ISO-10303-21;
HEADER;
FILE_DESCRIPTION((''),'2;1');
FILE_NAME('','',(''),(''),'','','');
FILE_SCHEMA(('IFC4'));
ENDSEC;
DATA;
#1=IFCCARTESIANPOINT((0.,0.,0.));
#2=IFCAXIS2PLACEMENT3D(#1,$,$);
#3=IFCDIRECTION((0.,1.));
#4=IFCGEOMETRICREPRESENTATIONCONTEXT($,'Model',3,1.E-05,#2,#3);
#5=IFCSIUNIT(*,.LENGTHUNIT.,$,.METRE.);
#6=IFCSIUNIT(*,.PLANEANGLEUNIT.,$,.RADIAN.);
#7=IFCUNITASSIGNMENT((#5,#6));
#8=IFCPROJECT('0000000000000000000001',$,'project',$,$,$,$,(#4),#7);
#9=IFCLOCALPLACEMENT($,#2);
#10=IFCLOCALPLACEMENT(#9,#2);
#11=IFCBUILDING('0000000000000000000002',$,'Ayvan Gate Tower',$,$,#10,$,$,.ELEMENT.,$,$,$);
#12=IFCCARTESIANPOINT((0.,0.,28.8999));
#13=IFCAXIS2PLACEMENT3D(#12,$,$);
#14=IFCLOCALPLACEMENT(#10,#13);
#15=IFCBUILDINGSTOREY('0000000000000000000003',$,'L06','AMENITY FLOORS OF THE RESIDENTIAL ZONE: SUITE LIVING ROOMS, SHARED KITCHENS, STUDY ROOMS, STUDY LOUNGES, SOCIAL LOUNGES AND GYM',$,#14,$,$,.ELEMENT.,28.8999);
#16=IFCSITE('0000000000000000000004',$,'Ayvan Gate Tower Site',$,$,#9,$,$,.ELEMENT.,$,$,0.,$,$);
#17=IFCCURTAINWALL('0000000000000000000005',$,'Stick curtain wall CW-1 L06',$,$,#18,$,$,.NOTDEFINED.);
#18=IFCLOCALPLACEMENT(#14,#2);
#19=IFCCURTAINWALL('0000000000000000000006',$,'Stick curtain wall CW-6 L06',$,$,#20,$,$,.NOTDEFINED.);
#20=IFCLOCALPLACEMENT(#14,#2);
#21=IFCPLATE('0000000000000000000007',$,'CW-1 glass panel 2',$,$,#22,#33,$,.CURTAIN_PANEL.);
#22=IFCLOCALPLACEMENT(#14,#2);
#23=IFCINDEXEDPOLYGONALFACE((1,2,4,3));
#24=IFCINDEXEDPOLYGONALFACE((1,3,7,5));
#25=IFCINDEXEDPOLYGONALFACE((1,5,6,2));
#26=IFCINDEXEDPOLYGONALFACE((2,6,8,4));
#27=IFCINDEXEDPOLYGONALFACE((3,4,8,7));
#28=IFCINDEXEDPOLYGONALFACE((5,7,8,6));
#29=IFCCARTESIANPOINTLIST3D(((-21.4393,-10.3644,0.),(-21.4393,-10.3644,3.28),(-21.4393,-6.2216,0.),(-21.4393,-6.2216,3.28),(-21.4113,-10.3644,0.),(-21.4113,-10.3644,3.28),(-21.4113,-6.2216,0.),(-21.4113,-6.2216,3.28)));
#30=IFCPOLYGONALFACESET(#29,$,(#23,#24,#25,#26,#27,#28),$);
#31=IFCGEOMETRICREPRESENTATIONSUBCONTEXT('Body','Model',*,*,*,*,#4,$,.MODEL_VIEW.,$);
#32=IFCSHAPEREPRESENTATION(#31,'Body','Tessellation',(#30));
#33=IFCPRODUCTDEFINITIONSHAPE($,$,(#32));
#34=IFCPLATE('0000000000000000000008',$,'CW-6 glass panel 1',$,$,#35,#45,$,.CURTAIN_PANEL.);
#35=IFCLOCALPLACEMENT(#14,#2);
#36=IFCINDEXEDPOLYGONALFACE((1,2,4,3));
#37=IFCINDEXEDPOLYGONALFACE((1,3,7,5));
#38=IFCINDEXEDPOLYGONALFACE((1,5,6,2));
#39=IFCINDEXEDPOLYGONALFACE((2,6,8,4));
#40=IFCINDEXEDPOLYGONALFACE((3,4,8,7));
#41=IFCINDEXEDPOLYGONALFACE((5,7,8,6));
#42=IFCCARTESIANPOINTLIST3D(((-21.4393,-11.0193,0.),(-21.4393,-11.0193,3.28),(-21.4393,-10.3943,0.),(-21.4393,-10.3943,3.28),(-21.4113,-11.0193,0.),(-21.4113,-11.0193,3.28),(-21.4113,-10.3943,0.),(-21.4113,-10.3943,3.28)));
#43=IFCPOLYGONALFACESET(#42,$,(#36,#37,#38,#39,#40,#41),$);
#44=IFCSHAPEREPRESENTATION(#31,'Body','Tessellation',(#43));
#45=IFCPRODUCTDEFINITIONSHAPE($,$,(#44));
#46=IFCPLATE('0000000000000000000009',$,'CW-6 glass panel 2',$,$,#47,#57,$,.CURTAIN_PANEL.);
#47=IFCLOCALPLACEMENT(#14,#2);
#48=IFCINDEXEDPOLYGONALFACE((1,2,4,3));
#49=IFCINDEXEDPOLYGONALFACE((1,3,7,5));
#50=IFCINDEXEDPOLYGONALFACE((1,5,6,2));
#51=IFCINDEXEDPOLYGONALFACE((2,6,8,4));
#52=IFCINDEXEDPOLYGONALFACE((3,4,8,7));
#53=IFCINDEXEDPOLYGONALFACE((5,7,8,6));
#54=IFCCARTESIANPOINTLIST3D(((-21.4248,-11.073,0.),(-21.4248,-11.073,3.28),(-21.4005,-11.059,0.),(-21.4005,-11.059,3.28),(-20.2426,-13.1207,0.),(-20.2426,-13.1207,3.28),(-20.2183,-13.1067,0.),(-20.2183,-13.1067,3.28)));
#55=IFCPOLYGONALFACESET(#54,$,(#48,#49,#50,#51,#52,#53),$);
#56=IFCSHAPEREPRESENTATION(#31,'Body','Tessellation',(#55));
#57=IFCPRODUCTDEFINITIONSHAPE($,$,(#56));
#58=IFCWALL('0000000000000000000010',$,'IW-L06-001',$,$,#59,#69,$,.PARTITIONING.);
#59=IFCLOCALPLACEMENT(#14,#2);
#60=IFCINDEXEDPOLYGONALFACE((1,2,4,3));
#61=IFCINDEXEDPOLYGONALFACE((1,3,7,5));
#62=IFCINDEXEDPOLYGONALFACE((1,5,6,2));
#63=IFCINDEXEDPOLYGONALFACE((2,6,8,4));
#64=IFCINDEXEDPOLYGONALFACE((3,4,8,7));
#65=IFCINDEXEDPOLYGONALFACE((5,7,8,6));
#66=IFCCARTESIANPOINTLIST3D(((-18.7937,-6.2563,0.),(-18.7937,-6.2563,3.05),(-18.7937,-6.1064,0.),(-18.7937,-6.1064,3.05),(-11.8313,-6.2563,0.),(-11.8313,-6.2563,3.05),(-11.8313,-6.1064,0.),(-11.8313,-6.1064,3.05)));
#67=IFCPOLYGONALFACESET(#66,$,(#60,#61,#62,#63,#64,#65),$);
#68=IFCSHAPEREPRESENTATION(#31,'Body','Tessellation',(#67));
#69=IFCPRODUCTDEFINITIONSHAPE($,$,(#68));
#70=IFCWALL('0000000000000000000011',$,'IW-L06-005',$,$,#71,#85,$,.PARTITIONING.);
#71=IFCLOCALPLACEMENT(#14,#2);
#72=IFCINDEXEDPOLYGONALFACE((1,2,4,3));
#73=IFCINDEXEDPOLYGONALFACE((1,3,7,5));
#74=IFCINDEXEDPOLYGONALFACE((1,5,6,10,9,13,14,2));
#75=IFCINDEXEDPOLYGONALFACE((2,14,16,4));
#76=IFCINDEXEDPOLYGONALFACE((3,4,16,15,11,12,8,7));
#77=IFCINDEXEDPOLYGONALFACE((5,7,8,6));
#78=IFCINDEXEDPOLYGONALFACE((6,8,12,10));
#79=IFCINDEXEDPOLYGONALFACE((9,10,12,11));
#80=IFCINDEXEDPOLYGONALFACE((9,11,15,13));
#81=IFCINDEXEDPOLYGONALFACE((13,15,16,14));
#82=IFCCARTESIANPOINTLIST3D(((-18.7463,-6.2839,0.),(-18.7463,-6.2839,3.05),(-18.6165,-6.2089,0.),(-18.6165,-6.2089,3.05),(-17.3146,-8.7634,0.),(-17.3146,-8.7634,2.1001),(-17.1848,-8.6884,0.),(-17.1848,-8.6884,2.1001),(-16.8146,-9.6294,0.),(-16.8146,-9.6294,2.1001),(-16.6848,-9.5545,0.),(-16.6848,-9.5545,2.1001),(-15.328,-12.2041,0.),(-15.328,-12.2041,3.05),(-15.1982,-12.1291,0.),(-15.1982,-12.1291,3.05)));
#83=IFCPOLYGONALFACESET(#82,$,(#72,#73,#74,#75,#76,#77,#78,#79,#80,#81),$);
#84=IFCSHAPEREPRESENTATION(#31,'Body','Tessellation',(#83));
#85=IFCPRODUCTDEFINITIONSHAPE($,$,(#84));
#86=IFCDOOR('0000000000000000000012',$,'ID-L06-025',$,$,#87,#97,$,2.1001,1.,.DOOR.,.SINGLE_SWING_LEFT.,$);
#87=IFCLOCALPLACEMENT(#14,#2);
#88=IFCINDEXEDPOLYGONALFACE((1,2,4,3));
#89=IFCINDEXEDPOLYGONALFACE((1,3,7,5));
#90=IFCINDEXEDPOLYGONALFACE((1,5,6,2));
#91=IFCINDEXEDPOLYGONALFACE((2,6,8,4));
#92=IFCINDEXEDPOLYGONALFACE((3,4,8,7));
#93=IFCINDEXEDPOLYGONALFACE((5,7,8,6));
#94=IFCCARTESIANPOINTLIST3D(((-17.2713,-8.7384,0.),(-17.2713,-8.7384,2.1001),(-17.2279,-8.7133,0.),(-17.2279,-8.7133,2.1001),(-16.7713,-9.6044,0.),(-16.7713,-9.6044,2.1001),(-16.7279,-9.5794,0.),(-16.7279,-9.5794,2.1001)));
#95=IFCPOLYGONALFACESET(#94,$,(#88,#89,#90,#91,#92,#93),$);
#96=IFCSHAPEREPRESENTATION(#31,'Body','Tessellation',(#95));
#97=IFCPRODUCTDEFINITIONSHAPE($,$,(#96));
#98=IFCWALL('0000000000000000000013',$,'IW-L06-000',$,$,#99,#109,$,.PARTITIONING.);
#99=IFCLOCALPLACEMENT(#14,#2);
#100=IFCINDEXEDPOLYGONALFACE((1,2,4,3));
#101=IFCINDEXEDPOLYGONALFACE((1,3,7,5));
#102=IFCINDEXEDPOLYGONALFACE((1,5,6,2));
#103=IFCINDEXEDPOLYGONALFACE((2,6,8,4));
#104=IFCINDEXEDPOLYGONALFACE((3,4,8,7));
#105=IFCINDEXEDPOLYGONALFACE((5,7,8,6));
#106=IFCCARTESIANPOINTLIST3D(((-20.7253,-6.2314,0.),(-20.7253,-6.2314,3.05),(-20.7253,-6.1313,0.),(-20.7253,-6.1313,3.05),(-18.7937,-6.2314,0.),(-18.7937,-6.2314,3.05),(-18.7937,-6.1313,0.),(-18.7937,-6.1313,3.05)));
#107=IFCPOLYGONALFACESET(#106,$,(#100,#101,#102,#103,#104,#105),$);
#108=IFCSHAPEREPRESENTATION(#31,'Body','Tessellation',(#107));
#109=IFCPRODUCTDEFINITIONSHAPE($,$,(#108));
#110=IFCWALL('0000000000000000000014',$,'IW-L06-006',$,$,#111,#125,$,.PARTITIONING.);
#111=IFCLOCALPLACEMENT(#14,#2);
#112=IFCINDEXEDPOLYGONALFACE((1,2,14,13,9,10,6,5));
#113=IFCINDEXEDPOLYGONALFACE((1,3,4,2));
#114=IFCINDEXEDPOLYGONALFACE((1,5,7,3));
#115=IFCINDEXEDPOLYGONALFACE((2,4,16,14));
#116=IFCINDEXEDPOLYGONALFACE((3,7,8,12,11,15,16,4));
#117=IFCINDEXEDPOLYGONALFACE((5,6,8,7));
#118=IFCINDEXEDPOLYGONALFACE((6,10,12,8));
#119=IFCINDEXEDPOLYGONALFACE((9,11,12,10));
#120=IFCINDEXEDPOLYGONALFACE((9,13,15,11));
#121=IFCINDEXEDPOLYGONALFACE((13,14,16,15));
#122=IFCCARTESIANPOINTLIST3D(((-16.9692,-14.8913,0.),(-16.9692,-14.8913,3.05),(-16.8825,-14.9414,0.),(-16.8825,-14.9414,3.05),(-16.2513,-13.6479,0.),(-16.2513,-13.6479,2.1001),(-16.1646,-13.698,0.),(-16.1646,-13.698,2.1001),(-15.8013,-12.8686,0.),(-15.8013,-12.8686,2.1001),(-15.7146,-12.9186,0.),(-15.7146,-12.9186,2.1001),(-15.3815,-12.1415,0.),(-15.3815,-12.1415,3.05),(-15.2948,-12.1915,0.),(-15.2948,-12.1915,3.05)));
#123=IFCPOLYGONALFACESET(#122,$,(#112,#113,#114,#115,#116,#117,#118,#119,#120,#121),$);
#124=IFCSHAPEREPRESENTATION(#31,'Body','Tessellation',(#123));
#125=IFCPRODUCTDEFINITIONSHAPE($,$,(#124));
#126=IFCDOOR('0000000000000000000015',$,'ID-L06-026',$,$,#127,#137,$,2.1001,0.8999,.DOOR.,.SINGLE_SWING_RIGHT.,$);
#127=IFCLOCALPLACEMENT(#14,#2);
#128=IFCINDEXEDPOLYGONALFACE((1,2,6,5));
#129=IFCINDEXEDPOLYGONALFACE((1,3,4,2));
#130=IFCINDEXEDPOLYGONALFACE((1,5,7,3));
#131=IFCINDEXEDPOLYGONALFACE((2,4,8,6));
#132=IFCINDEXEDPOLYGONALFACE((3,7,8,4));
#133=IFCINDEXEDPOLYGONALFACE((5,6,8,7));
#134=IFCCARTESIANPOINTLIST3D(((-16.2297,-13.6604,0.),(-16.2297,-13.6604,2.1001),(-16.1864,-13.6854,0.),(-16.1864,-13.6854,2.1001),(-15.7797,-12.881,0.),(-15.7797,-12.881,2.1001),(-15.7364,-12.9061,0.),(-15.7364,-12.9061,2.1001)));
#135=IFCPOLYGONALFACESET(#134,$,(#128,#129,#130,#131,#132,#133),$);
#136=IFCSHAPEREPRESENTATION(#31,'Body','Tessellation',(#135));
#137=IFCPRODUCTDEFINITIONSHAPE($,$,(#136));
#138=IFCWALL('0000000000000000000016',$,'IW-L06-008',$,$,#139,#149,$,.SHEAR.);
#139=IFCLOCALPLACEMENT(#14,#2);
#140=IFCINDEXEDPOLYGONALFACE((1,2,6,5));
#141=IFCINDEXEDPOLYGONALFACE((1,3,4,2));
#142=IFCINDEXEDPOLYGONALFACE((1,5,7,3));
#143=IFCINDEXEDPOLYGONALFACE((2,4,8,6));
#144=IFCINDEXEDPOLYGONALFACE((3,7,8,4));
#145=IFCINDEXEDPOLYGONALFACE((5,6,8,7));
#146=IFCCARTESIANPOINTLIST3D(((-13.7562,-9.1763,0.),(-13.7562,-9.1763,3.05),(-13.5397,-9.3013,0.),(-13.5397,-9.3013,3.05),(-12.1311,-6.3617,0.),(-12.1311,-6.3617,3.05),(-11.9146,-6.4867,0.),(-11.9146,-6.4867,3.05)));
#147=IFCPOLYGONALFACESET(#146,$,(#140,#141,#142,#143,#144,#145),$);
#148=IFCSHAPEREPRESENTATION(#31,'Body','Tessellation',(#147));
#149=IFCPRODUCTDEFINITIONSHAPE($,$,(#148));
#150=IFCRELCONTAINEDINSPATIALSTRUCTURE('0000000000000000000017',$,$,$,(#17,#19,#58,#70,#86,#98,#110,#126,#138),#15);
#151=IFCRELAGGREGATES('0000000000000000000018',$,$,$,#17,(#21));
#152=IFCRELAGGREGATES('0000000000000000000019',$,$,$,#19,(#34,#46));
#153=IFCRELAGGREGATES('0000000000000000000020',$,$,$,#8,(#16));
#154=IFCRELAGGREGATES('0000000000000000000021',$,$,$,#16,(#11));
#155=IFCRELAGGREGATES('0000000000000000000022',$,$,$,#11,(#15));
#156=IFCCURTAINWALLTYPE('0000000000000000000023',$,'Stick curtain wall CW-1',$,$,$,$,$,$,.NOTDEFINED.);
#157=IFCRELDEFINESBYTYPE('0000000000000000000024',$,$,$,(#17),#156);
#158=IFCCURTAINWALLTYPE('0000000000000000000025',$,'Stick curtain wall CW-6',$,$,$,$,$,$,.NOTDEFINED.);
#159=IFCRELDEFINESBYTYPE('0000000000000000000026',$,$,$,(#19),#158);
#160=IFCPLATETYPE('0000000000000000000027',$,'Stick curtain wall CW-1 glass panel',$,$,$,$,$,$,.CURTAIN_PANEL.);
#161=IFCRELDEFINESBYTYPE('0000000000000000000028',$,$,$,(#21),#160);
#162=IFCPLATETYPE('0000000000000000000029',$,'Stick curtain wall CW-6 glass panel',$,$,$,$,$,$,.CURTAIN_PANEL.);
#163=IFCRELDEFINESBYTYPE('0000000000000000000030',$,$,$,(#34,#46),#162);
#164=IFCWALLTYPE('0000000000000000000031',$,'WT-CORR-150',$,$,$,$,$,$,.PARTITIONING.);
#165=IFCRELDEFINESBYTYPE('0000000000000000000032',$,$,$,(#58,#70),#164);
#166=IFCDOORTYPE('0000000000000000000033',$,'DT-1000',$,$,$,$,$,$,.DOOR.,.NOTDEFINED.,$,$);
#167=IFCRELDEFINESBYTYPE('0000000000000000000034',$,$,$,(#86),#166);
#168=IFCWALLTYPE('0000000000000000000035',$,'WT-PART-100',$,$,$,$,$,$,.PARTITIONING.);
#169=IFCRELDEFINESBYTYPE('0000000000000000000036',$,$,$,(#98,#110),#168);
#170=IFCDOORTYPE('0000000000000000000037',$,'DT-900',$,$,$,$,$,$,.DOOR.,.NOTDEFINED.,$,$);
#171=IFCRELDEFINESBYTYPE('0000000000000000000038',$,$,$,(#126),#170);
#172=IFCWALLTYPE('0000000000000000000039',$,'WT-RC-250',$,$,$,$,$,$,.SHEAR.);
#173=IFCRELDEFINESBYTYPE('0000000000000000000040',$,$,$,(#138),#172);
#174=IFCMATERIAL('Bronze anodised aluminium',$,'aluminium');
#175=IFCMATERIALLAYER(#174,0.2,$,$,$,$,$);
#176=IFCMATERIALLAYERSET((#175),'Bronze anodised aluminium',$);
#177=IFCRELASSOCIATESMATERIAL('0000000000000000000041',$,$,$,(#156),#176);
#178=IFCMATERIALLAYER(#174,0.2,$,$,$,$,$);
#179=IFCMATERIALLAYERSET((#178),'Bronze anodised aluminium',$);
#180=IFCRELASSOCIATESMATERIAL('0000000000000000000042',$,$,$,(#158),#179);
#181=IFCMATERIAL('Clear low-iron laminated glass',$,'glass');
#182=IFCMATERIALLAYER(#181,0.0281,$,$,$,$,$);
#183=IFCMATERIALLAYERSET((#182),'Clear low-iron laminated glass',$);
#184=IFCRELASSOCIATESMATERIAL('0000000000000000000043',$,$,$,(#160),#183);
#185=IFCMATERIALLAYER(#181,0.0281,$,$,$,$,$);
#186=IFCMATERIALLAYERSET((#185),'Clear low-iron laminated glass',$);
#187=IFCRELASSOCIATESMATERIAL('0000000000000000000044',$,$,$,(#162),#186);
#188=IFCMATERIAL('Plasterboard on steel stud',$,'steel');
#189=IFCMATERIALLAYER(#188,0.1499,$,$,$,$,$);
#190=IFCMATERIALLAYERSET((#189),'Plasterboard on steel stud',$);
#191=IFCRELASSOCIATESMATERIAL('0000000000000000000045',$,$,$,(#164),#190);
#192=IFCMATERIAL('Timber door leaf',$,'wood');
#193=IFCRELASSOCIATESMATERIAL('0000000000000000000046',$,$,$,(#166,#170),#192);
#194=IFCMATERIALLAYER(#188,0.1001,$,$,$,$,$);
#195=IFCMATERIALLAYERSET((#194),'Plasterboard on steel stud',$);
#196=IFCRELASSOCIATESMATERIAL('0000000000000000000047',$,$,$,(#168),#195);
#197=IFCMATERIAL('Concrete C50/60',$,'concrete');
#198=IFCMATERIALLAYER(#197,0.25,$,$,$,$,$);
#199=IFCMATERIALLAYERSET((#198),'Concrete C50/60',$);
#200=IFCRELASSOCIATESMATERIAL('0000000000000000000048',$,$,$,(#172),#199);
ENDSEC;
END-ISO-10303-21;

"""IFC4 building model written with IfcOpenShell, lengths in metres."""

from ifc_helpers import new_model, si_unit, direction, frame, frame_2d, origin, origin_2d, place, context, subcontext, project, spatial, rectangle, extrude, material, layer, layer_set, type_object, element, fill, aggregate, save


model = new_model("IFC4")

# Units and contexts
model_context = context("Model", 3, precision=1e-05, world=origin(), true_north=direction((0.0, 1.0)))
body_context = subcontext(model_context, "Body", "Model", "MODEL_VIEW")
ifc_project = project(units=[si_unit("LENGTHUNIT", "METRE"), si_unit("PLANEANGLEUNIT", "RADIAN")], contexts=[model_context])

# Site, building, storey
site_placement = place(None, origin())
site = spatial("IfcSite", under=ifc_project, at=site_placement, Name="Ayvan Gate Tower Site", CompositionType="ELEMENT", RefElevation=0.0)
building_placement = place(site_placement, origin())
building = spatial("IfcBuilding", under=site, at=building_placement, Name="Ayvan Gate Tower", CompositionType="ELEMENT")
storey_placement = place(building_placement, frame((0.0, 0.0, 28.8999)))
storey = spatial("IfcBuildingStorey", under=building, at=storey_placement, Name="L06", Description="AMENITY FLOORS OF THE RESIDENTIAL ZONE: SUITE LIVING ROOMS, SHARED KITCHENS, STUDY ROOMS, STUDY LOUNGES, SOCIAL LOUNGES AND GYM", CompositionType="ELEMENT", Elevation=28.8999)

# Curtain walls
ifc_material_1 = material(Name="Bronze anodised aluminium", Category="aluminium")
ifc_layer_1 = layer(ifc_material_1, 0.2)
ifc_layer_set_1 = layer_set([ifc_layer_1], Name="Bronze anodised aluminium")
curtain_wall_type_1 = type_object("IfcCurtainWallType", Name="Stick curtain wall CW-1", PredefinedType="NOTDEFINED", material=ifc_layer_set_1)
curtain_wall_1_placement = place(storey_placement, origin())
curtain_wall_1 = element("IfcCurtainWall", 1, at=curtain_wall_1_placement, inside=storey, type_object=curtain_wall_type_1, Name="Stick curtain wall CW-1 L06", PredefinedType="NOTDEFINED")
ifc_layer_2 = layer(ifc_material_1, 0.2)
ifc_layer_set_2 = layer_set([ifc_layer_2], Name="Bronze anodised aluminium")
curtain_wall_type_2 = type_object("IfcCurtainWallType", Name="Stick curtain wall CW-6", PredefinedType="NOTDEFINED", material=ifc_layer_set_2)
curtain_wall_2_placement = place(storey_placement, origin())
curtain_wall_2 = element("IfcCurtainWall", 2, at=curtain_wall_2_placement, inside=storey, type_object=curtain_wall_type_2, Name="Stick curtain wall CW-6 L06", PredefinedType="NOTDEFINED")

# Plates
ifc_material_2 = material(Name="Clear low-iron laminated glass", Category="glass")
ifc_layer_3 = layer(ifc_material_2, 0.0281)
ifc_layer_set_3 = layer_set([ifc_layer_3], Name="Clear low-iron laminated glass")
plate_type_1 = type_object("IfcPlateType", Name="Stick curtain wall CW-1 glass panel", PredefinedType="CURTAIN_PANEL", material=ifc_layer_set_3)
plate_1_placement = place(storey_placement, frame((-21.4253, -8.293, 0.0), z_axis=(0.0, 0.0, 1.0), x_axis=(0.0, -1.0, 0.0)))
plate_1 = element("IfcPlate", 3, at=plate_1_placement, type_object=plate_type_1, Name="CW-1 glass panel 2", PredefinedType="CURTAIN_PANEL", context=body_context, shape_type="SweptSolid", body=[
    extrude(rectangle(XDim=4.1428, YDim=0.0281, at=origin_2d()), origin(), (0.0, 0.0, 1.0), 3.28),
])
aggregate(curtain_wall_1, [plate_1])
ifc_layer_4 = layer(ifc_material_2, 0.0281)
ifc_layer_set_4 = layer_set([ifc_layer_4], Name="Clear low-iron laminated glass")
plate_type_2 = type_object("IfcPlateType", Name="Stick curtain wall CW-6 glass panel", PredefinedType="CURTAIN_PANEL", material=ifc_layer_set_4)
plate_2_placement = place(storey_placement, frame((-21.4253, -10.7068, 0.0), z_axis=(0.0, 0.0, 1.0), x_axis=(0.0, -1.0, 0.0)))
plate_2 = element("IfcPlate", 4, at=plate_2_placement, type_object=plate_type_2, Name="CW-6 glass panel 1", PredefinedType="CURTAIN_PANEL", context=body_context, shape_type="SweptSolid", body=[
    extrude(rectangle(XDim=0.625, YDim=0.0281, at=origin_2d()), origin(), (0.0, 0.0, 1.0), 3.28),
])
plate_3_placement = place(storey_placement, frame((-20.8215, -12.0898, 0.0), z_axis=(0.0, 0.0, 1.0), x_axis=(0.5, -0.866025, 0.0)))
plate_3 = element("IfcPlate", 5, at=plate_3_placement, type_object=plate_type_2, Name="CW-6 glass panel 2", PredefinedType="CURTAIN_PANEL", context=body_context, shape_type="SweptSolid", body=[
    extrude(rectangle(XDim=2.3645, YDim=0.0281, at=origin_2d()), origin(), (0.0, 0.0, 1.0), 3.28),
])
aggregate(curtain_wall_2, [plate_2, plate_3])

# Wall
ifc_material_3 = material(Name="Plasterboard on steel stud", Category="steel")
ifc_layer_5 = layer(ifc_material_3, 0.1499)
ifc_layer_set_5 = layer_set([ifc_layer_5], Name="Plasterboard on steel stud")
wall_type_1 = type_object("IfcWallType", Name="WT-CORR-150", PredefinedType="PARTITIONING", material=ifc_layer_set_5)
wall_1_placement = place(storey_placement, frame((-18.7937, -6.1814, 0.0), z_axis=(0.0, 0.0, 1.0), x_axis=(1.0, 0.0, 0.0)))
element("IfcWall", 6, at=wall_1_placement, inside=storey, type_object=wall_type_1, Name="IW-L06-001", PredefinedType="PARTITIONING", context=body_context, shape_type="SweptSolid", body=[
    extrude(rectangle(XDim=6.9624, YDim=0.1499, at=frame_2d((3.4812, 0.0))), origin(), (0.0, 0.0, 1.0), 3.05),
])

# Wall, opening, door
wall_2_placement = place(storey_placement, frame((-15.2632, -12.1665, 0.0), z_axis=(0.0, 0.0, 1.0), x_axis=(-0.500022, 0.866013, 0.0)))
wall_2 = element("IfcWall", 7, at=wall_2_placement, inside=storey, type_object=wall_type_1, Name="IW-L06-005", PredefinedType="PARTITIONING", context=body_context, shape_type="SweptSolid", body=[
    extrude(rectangle(XDim=6.8362, YDim=0.1499, at=frame_2d((3.418, 0.0))), origin(), (0.0, 0.0, 1.0), 3.05),
])
opening_1_placement = place(wall_2_placement, frame((2.9729, 0.0, 0.0)))
opening_1 = element("IfcOpeningElement", 8, at=opening_1_placement, cuts=wall_2, PredefinedType="OPENING", context=body_context, shape_type="SweptSolid", body=[
    extrude(rectangle(XDim=1.0, YDim=2.1001, at=frame_2d((0.5, 1.05))), frame((0.0, 0.085, 0.0), z_axis=(0.0, -1.0, 0.0), x_axis=(1.0, 0.0, 0.0)), (0.0, 0.0, 1.0), 0.1699),
])
ifc_material_4 = material(Name="Timber door leaf", Category="wood")
door_type_1 = type_object("IfcDoorType", Name="DT-1000", OperationType="NOTDEFINED", PredefinedType="DOOR", material=ifc_material_4)
door_1_placement = place(opening_1_placement, origin())
door_1 = element("IfcDoor", 9, at=door_1_placement, inside=storey, type_object=door_type_1, Name="ID-L06-025", OperationType="SINGLE_SWING_LEFT", OverallHeight=2.1001, OverallWidth=1.0, PredefinedType="DOOR", context=body_context, shape_type="SweptSolid", body=[
    extrude(rectangle(XDim=1.0, YDim=2.1001, at=frame_2d((0.5, 1.05))), frame((0.0, 0.0249, 0.0), z_axis=(0.0, -1.0, 0.0), x_axis=(1.0, 0.0, 0.0)), (0.0, 0.0, 1.0), 0.05),
])
fill(opening_1, door_1)

# Wall
ifc_layer_6 = layer(ifc_material_3, 0.1001)
ifc_layer_set_6 = layer_set([ifc_layer_6], Name="Plasterboard on steel stud")
wall_type_2 = type_object("IfcWallType", Name="WT-PART-100", PredefinedType="PARTITIONING", material=ifc_layer_set_6)
wall_3_placement = place(storey_placement, frame((-18.7937, -6.1814, 0.0), z_axis=(0.0, 0.0, 1.0), x_axis=(-1.0, 0.0, 0.0)))
element("IfcWall", 10, at=wall_3_placement, inside=storey, type_object=wall_type_2, Name="IW-L06-000", PredefinedType="PARTITIONING", context=body_context, shape_type="SweptSolid", body=[
    extrude(rectangle(XDim=1.9316, YDim=0.1001, at=frame_2d((0.9658, 0.0))), origin(), (0.0, 0.0, 1.0), 3.05),
])

# Wall, opening, door
wall_4_placement = place(storey_placement, frame((-15.3381, -12.1665, 0.0), z_axis=(0.0, 0.0, 1.0), x_axis=(-0.500018, -0.866015, 0.0)))
wall_4 = element("IfcWall", 11, at=wall_4_placement, inside=storey, type_object=wall_type_2, Name="IW-L06-006", PredefinedType="PARTITIONING", context=body_context, shape_type="SweptSolid", body=[
    extrude(rectangle(XDim=3.1753, YDim=0.1001, at=frame_2d((1.5876, 0.0))), origin(), (0.0, 0.0, 1.0), 3.05),
])
opening_2_placement = place(wall_4_placement, frame((0.8396, 0.0, 0.0)))
opening_2 = element("IfcOpeningElement", 12, at=opening_2_placement, cuts=wall_4, PredefinedType="OPENING", context=body_context, shape_type="SweptSolid", body=[
    extrude(rectangle(XDim=0.8999, YDim=2.1001, at=frame_2d((0.45, 1.05))), frame((0.0, 0.0601, 0.0), z_axis=(0.0, -1.0, 0.0), x_axis=(1.0, 0.0, 0.0)), (0.0, 0.0, 1.0), 0.1201),
])
door_type_2 = type_object("IfcDoorType", Name="DT-900", OperationType="NOTDEFINED", PredefinedType="DOOR", material=ifc_material_4)
door_2_placement = place(opening_2_placement, origin())
door_2 = element("IfcDoor", 13, at=door_2_placement, inside=storey, type_object=door_type_2, Name="ID-L06-026", OperationType="SINGLE_SWING_RIGHT", OverallHeight=2.1001, OverallWidth=0.8999, PredefinedType="DOOR", context=body_context, shape_type="SweptSolid", body=[
    extrude(rectangle(XDim=0.8999, YDim=2.1001, at=frame_2d((0.45, 1.05))), frame((0.0, 0.0249, 0.0), z_axis=(0.0, -1.0, 0.0), x_axis=(1.0, 0.0, 0.0)), (0.0, 0.0, 1.0), 0.05),
])
fill(opening_2, door_2)

# Wall
ifc_material_5 = material(Name="Concrete C50/60", Category="concrete")
ifc_layer_7 = layer(ifc_material_5, 0.25)
ifc_layer_set_7 = layer_set([ifc_layer_7], Name="Concrete C50/60")
wall_type_3 = type_object("IfcWallType", Name="WT-RC-250", PredefinedType="SHEAR", material=ifc_layer_set_7)
wall_5_placement = place(storey_placement, frame((-13.6479, -9.2388, 0.0), z_axis=(0.0, 0.0, 1.0), x_axis=(0.500017, 0.866015, 0.0)))
element("IfcWall", 14, at=wall_5_placement, inside=storey, type_object=wall_type_3, Name="IW-L06-008", PredefinedType="SHEAR", context=body_context, shape_type="SweptSolid", body=[
    extrude(rectangle(XDim=3.25, YDim=0.25, at=frame_2d((1.625, 0.0))), origin(), (0.0, 0.0, 1.0), 3.05),
])

save(model, "model.ifc")
